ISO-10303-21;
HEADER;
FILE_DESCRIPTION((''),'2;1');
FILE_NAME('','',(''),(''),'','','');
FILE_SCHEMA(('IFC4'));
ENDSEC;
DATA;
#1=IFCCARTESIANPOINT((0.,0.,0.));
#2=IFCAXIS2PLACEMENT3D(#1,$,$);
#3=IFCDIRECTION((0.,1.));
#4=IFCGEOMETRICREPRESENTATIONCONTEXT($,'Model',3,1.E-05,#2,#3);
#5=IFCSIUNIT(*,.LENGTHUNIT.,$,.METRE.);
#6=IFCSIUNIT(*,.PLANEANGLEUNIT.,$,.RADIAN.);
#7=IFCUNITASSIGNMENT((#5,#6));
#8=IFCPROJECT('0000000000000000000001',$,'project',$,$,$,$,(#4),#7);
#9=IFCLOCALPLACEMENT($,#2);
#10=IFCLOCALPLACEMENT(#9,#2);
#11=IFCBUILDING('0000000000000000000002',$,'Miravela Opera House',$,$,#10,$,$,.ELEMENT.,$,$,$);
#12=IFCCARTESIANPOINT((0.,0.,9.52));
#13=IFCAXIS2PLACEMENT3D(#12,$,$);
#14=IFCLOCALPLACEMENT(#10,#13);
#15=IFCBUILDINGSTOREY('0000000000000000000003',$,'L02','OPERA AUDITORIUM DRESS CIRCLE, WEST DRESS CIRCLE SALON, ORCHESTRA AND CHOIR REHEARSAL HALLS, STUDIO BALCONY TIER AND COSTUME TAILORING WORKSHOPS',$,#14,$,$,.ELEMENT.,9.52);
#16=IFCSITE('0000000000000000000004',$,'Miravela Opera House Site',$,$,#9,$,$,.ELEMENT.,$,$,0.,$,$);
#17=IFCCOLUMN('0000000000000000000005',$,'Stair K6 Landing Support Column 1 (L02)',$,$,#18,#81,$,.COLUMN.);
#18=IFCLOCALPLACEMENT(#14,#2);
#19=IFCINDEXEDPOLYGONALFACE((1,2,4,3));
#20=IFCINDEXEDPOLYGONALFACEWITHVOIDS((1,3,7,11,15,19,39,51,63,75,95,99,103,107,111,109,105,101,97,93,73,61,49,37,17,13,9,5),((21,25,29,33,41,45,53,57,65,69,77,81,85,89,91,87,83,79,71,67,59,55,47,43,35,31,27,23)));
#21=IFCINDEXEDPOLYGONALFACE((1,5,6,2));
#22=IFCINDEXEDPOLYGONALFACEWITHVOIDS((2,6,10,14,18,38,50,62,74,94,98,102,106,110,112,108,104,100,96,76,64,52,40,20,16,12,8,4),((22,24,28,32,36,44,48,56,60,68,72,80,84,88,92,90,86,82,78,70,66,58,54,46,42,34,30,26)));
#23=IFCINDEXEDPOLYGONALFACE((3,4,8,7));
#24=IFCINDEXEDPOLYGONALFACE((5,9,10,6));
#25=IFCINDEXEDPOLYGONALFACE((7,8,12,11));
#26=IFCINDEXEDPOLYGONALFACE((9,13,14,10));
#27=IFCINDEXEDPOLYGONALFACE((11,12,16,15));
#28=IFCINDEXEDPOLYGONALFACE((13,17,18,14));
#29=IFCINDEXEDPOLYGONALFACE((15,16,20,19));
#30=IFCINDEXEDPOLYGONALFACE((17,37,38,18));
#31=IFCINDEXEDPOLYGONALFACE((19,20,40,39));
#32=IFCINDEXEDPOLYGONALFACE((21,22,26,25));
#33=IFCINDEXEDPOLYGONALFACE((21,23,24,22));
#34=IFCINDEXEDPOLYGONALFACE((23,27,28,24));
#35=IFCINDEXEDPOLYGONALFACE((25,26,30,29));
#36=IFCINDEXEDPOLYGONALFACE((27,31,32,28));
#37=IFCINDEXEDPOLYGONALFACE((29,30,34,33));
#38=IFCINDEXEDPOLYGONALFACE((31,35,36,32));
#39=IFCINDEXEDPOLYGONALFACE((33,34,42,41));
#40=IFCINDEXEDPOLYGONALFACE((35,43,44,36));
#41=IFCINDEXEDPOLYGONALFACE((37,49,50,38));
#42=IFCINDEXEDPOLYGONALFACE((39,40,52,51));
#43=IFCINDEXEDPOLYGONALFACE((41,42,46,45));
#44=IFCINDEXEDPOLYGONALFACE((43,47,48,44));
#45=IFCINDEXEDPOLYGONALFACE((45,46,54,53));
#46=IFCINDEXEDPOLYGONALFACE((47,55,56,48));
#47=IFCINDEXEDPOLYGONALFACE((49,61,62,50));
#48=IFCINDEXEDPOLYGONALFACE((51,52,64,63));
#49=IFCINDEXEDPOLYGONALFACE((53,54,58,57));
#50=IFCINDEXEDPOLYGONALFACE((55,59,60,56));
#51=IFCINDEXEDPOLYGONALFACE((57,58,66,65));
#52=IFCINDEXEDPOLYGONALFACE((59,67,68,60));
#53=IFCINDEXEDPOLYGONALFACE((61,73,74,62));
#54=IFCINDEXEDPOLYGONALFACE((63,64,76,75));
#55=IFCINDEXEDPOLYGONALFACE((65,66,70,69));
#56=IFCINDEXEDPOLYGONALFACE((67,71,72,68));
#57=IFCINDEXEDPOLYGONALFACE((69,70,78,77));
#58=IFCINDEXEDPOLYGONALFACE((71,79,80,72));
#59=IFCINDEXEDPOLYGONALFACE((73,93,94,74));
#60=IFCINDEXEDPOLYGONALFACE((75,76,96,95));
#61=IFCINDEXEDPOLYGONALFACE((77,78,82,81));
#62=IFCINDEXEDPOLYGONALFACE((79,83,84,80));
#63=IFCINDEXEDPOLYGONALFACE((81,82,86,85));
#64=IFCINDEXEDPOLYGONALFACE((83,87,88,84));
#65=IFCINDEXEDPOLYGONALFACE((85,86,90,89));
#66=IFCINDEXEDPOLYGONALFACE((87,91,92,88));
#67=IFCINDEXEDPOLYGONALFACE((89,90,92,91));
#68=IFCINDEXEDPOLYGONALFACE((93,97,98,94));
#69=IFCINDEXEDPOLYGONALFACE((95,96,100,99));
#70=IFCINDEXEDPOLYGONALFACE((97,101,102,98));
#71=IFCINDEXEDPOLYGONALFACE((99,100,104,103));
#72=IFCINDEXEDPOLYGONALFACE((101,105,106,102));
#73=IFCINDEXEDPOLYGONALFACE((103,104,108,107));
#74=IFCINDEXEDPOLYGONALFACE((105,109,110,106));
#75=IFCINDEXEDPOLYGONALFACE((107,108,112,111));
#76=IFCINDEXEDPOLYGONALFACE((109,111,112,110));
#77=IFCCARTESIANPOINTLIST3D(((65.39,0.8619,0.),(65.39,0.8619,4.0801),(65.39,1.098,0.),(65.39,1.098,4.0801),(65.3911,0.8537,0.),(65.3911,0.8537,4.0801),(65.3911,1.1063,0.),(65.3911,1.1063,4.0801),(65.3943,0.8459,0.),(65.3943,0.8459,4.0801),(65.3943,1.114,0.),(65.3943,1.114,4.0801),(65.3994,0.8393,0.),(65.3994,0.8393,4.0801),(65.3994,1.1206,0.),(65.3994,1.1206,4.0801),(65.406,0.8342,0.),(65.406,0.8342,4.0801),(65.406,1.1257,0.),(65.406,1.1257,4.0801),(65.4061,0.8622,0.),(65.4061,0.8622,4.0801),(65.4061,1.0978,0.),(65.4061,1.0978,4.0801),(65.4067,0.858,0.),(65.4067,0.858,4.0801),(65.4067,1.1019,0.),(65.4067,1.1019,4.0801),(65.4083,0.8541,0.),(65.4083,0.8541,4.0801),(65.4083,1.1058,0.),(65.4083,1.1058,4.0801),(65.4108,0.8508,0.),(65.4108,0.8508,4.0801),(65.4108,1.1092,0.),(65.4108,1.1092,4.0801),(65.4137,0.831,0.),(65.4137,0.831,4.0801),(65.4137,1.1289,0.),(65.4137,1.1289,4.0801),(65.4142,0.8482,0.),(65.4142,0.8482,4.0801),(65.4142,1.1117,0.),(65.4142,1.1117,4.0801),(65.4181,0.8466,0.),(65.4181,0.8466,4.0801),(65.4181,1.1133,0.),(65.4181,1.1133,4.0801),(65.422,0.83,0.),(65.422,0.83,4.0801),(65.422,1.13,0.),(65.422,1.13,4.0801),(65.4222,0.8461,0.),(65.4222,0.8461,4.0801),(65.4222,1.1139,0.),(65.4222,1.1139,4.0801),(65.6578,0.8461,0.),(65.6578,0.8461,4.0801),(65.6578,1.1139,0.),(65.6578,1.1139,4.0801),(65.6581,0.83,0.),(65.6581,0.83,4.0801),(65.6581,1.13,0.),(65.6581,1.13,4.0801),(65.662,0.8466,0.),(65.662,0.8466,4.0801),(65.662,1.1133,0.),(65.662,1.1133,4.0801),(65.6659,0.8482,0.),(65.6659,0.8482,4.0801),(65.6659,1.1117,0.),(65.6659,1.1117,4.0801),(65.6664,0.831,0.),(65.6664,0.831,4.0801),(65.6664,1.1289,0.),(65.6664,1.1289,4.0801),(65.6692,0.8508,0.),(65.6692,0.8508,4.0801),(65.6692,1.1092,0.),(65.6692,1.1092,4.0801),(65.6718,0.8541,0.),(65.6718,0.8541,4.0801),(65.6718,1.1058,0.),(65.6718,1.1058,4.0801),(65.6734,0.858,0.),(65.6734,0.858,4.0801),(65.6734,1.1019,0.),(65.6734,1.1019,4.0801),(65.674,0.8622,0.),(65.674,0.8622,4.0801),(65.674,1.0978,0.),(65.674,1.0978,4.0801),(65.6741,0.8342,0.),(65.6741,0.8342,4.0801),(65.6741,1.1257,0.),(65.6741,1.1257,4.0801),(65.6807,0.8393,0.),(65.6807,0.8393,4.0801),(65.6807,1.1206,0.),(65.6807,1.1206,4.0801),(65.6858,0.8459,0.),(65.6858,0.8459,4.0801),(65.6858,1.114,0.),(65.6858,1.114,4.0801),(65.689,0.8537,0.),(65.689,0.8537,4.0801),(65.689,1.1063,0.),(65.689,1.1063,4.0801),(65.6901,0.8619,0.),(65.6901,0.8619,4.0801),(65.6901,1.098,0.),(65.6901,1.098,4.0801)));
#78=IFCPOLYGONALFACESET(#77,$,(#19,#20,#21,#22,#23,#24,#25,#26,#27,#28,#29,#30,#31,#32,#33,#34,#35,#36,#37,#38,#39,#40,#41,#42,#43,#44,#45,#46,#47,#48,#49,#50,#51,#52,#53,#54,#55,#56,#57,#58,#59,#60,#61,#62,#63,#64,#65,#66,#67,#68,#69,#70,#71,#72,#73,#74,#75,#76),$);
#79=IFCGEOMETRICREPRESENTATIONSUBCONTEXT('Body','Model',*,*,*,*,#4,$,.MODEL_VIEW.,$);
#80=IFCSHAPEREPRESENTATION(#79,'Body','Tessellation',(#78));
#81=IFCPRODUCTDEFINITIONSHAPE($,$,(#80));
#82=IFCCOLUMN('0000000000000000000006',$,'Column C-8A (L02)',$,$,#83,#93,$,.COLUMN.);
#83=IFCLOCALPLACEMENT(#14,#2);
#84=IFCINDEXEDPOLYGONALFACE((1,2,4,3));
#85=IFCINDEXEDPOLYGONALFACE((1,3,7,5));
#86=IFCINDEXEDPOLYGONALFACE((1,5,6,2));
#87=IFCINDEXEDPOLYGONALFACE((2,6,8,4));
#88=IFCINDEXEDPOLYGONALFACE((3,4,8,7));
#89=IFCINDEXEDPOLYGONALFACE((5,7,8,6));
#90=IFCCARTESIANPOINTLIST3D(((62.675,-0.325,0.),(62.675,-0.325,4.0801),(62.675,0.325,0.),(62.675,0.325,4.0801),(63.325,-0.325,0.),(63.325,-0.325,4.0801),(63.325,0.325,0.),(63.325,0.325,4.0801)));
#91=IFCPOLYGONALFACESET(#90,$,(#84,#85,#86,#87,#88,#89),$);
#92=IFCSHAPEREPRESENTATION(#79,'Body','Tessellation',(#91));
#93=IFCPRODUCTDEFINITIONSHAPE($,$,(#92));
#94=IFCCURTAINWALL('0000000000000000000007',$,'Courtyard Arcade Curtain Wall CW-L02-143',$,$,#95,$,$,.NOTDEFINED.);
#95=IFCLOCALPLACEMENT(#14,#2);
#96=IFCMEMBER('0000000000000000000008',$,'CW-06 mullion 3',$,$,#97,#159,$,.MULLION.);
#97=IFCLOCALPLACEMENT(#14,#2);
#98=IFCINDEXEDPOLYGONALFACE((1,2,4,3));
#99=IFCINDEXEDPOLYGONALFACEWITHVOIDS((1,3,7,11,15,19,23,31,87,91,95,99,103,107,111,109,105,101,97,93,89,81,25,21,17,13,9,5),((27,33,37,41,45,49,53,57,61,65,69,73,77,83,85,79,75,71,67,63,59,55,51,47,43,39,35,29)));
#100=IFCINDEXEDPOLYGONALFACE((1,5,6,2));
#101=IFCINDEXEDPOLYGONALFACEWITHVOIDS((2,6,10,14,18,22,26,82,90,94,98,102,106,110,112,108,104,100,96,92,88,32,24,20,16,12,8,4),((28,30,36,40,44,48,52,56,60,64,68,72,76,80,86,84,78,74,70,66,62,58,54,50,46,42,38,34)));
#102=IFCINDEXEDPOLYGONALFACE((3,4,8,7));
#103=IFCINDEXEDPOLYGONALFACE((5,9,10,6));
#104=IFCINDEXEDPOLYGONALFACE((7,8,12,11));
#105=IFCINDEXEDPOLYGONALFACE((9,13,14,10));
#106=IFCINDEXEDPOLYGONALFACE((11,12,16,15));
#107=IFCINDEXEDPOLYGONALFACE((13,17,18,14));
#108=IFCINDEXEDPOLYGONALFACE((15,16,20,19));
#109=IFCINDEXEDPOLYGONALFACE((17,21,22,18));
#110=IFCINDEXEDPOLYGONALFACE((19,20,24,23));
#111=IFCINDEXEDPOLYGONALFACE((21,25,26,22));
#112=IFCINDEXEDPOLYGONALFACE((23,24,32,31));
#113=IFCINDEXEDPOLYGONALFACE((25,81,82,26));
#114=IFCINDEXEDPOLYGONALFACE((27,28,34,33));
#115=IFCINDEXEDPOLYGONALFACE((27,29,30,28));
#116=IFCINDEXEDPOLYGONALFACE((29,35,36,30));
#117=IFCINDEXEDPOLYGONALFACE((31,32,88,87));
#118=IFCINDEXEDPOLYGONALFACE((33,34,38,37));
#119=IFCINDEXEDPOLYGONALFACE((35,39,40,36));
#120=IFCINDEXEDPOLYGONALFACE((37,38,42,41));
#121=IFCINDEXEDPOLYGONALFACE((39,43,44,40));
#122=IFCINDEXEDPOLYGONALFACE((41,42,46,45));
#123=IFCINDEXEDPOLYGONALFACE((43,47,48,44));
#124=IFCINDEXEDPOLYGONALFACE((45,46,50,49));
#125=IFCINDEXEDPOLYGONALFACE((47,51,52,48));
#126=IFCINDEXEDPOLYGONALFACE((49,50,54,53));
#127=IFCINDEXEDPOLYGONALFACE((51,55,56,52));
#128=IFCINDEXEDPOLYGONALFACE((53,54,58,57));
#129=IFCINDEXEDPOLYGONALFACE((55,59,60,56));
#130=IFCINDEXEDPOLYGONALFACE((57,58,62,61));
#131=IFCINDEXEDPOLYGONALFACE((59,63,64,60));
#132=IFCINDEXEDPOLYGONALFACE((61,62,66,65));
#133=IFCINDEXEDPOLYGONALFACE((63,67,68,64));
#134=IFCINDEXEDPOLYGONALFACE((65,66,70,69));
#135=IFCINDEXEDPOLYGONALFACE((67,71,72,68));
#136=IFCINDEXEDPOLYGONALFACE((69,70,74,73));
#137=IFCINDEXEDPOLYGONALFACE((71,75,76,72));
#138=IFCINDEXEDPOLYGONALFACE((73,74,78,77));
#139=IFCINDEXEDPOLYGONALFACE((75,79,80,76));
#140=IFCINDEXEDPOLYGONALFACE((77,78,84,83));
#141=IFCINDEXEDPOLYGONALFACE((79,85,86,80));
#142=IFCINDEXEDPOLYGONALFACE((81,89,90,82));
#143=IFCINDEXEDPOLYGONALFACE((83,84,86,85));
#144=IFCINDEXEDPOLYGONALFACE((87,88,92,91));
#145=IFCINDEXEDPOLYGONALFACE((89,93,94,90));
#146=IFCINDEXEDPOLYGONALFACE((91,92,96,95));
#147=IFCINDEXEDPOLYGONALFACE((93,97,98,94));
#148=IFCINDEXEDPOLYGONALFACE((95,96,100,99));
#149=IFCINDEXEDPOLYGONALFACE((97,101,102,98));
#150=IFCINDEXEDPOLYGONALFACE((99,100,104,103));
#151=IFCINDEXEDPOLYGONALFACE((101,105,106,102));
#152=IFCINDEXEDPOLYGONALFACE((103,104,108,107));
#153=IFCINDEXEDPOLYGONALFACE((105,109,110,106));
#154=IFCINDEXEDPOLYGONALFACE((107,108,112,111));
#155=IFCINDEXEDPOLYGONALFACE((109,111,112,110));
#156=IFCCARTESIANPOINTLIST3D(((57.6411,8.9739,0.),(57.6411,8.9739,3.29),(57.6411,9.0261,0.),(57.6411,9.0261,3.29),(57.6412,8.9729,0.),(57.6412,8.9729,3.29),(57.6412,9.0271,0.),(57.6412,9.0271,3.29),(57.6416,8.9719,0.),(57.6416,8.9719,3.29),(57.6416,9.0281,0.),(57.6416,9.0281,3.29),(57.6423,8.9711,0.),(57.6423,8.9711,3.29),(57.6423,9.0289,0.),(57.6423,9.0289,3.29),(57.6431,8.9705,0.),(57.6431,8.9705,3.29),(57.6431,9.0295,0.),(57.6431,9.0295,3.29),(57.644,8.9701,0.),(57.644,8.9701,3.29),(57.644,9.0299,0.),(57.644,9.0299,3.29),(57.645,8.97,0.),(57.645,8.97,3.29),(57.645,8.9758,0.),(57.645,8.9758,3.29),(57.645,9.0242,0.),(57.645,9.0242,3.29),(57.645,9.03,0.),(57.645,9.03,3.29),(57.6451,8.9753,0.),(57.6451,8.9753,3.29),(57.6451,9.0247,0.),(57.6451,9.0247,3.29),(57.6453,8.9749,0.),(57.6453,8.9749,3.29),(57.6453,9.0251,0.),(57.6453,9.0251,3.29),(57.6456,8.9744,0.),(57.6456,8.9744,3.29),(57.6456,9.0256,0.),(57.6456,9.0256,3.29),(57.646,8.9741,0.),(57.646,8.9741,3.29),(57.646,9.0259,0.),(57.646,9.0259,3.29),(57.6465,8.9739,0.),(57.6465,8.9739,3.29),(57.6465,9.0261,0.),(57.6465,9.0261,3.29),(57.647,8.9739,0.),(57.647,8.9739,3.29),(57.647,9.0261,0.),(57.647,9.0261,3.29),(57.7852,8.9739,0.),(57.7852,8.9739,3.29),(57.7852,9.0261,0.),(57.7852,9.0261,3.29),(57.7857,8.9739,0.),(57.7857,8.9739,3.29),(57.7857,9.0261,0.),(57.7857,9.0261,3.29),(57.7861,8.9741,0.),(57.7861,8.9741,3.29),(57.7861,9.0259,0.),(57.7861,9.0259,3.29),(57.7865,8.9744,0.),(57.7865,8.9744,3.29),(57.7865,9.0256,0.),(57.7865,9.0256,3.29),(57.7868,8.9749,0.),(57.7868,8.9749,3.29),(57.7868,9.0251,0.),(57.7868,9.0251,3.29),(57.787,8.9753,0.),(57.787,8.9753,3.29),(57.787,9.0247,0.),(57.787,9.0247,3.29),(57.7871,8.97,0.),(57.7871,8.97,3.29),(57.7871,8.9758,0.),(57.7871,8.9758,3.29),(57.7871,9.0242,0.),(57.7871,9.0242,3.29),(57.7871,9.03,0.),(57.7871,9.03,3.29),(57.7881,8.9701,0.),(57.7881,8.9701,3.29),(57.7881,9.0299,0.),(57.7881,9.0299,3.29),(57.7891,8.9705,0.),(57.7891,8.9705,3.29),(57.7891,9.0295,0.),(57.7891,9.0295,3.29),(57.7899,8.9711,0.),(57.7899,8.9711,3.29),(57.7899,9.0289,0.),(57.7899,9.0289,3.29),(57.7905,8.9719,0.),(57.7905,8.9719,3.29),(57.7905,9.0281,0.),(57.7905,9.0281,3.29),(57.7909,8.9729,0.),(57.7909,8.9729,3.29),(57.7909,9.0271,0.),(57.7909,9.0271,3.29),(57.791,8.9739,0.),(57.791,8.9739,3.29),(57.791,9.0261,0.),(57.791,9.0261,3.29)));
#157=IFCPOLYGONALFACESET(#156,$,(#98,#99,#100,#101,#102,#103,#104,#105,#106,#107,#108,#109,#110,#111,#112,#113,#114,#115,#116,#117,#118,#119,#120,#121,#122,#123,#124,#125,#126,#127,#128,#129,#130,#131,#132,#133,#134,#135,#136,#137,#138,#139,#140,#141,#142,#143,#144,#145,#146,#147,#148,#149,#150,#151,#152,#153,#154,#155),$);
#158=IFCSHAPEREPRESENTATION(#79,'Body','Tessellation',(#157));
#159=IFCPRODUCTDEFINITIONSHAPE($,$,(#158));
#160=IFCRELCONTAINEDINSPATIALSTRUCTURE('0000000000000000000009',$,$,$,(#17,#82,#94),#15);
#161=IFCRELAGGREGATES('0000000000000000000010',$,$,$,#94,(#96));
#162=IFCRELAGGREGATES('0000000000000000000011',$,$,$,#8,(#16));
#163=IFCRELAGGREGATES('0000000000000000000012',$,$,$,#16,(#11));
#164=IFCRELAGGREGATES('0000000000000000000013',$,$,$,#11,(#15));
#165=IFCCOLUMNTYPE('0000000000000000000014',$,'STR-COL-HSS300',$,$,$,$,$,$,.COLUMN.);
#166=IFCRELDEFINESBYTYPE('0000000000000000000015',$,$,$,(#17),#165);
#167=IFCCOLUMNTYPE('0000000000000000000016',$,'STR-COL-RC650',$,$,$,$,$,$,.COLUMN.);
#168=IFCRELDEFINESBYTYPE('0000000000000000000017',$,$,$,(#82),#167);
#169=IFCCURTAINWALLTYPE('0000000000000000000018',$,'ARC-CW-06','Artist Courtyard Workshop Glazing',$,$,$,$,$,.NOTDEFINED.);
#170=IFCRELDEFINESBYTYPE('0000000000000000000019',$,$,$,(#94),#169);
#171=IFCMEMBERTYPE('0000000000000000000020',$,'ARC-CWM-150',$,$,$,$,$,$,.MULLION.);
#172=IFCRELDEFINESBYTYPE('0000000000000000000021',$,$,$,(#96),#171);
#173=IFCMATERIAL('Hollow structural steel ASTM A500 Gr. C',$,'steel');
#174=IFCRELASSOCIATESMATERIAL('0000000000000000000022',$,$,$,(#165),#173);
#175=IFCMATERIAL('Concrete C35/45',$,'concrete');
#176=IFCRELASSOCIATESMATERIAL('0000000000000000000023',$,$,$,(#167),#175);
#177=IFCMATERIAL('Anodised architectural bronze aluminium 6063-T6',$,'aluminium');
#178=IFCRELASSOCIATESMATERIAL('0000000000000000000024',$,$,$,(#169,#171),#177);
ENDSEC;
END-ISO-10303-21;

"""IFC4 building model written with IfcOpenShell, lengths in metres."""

from ifc_helpers import new_model, si_unit, direction, frame, origin, origin_2d, place, context, subcontext, project, spatial, rectangle, hollow_rectangle, extrude, material, material_profile, profile_set, type_object, element, aggregate, save


model = new_model("IFC4")

# Units and contexts
model_context = context("Model", 3, precision=1e-05, world=origin(), true_north=direction((0.0, 1.0)))
body_context = subcontext(model_context, "Body", "Model", "MODEL_VIEW")
ifc_project = project(units=[si_unit("LENGTHUNIT", "METRE"), si_unit("PLANEANGLEUNIT", "RADIAN")], contexts=[model_context])

# Site, building, storey
site_placement = place(None, origin())
site = spatial("IfcSite", under=ifc_project, at=site_placement, Name="Miravela Opera House Site", CompositionType="ELEMENT", RefElevation=0.0)
building_placement = place(site_placement, origin())
building = spatial("IfcBuilding", under=site, at=building_placement, Name="Miravela Opera House", CompositionType="ELEMENT")
storey_placement = place(building_placement, frame((0.0, 0.0, 9.52)))
storey = spatial("IfcBuildingStorey", under=building, at=storey_placement, Name="L02", Description="OPERA AUDITORIUM DRESS CIRCLE, WEST DRESS CIRCLE SALON, ORCHESTRA AND CHOIR REHEARSAL HALLS, STUDIO BALCONY TIER AND COSTUME TAILORING WORKSHOPS", CompositionType="ELEMENT", Elevation=9.52)

# Columns
ifc_material_1 = material(Name="Hollow structural steel ASTM A500 Gr. C", Category="steel")
ifc_material_profile_1 = material_profile(ifc_material_1, hollow_rectangle(XDim=0.3, YDim=0.3, WallThickness=0.0161, InnerFilletRadius=0.0161, OuterFilletRadius=0.032, at=origin_2d()), Name="HSS300X300X16")
ifc_profile_set_1 = profile_set([ifc_material_profile_1])
column_type_1 = type_object("IfcColumnType", Name="STR-COL-HSS300", PredefinedType="COLUMN", material=ifc_profile_set_1)
column_1_placement = place(storey_placement, frame((65.54, 0.98, 0.0), z_axis=(0.0, 0.0, 1.0), x_axis=(1.0, 0.0, 0.0)))
element("IfcColumn", 1, at=column_1_placement, inside=storey, type_object=column_type_1, Name="Stair K6 Landing Support Column 1 (L02)", PredefinedType="COLUMN", context=body_context, shape_type="SweptSolid", body=[
    extrude(hollow_rectangle(XDim=0.3, YDim=0.3, WallThickness=0.0161, InnerFilletRadius=0.0161, OuterFilletRadius=0.032, at=origin_2d()), origin(), (0.0, 0.0, 1.0), 4.0801),
])
ifc_material_2 = material(Name="Concrete C35/45", Category="concrete")
ifc_material_profile_2 = material_profile(ifc_material_2, rectangle(XDim=0.6499, YDim=0.6499, at=origin_2d()), Name="RC-COL-650X650")
ifc_profile_set_2 = profile_set([ifc_material_profile_2])
column_type_2 = type_object("IfcColumnType", Name="STR-COL-RC650", PredefinedType="COLUMN", material=ifc_profile_set_2)
column_2_placement = place(storey_placement, frame((63.0, 0.0, 0.0), z_axis=(0.0, 0.0, 1.0), x_axis=(1.0, 0.0, 0.0)))
element("IfcColumn", 2, at=column_2_placement, inside=storey, type_object=column_type_2, Name="Column C-8A (L02)", PredefinedType="COLUMN", context=body_context, shape_type="SweptSolid", body=[
    extrude(rectangle(XDim=0.6499, YDim=0.6499, at=origin_2d()), origin(), (0.0, 0.0, 1.0), 4.0801),
])

# Curtain wall, member
ifc_material_3 = material(Name="Anodised architectural bronze aluminium 6063-T6", Category="aluminium")
curtain_wall_type = type_object("IfcCurtainWallType", Name="ARC-CW-06", Description="Artist Courtyard Workshop Glazing", PredefinedType="NOTDEFINED", material=ifc_material_3)
curtain_wall_placement = place(storey_placement, origin())
curtain_wall = element("IfcCurtainWall", 3, at=curtain_wall_placement, inside=storey, type_object=curtain_wall_type, Name="Courtyard Arcade Curtain Wall CW-L02-143", PredefinedType="NOTDEFINED")
ifc_material_profile_3 = material_profile(ifc_material_3, hollow_rectangle(XDim=0.0601, YDim=0.1499, WallThickness=0.0039, InnerFilletRadius=0.002, OuterFilletRadius=0.0039, at=origin_2d()), Name="CWM-60X150")
ifc_profile_set_3 = profile_set([ifc_material_profile_3])
member_type_1 = type_object("IfcMemberType", Name="ARC-CWM-150", PredefinedType="MULLION", material=ifc_profile_set_3)
member_1_placement = place(storey_placement, frame((57.7161, 9.0, 0.0), z_axis=(0.0, 0.0, 1.0), x_axis=(0.0, 1.0, 0.0)))
member_1 = element("IfcMember", 4, at=member_1_placement, type_object=member_type_1, Name="CW-06 mullion 3", PredefinedType="MULLION", context=body_context, shape_type="SweptSolid", body=[
    extrude(hollow_rectangle(XDim=0.0601, YDim=0.1499, WallThickness=0.0039, InnerFilletRadius=0.002, OuterFilletRadius=0.0039, at=origin_2d()), origin(), (0.0, 0.0, 1.0), 3.29),
])

aggregate(curtain_wall, [member_1])

save(model, "model.ifc")
